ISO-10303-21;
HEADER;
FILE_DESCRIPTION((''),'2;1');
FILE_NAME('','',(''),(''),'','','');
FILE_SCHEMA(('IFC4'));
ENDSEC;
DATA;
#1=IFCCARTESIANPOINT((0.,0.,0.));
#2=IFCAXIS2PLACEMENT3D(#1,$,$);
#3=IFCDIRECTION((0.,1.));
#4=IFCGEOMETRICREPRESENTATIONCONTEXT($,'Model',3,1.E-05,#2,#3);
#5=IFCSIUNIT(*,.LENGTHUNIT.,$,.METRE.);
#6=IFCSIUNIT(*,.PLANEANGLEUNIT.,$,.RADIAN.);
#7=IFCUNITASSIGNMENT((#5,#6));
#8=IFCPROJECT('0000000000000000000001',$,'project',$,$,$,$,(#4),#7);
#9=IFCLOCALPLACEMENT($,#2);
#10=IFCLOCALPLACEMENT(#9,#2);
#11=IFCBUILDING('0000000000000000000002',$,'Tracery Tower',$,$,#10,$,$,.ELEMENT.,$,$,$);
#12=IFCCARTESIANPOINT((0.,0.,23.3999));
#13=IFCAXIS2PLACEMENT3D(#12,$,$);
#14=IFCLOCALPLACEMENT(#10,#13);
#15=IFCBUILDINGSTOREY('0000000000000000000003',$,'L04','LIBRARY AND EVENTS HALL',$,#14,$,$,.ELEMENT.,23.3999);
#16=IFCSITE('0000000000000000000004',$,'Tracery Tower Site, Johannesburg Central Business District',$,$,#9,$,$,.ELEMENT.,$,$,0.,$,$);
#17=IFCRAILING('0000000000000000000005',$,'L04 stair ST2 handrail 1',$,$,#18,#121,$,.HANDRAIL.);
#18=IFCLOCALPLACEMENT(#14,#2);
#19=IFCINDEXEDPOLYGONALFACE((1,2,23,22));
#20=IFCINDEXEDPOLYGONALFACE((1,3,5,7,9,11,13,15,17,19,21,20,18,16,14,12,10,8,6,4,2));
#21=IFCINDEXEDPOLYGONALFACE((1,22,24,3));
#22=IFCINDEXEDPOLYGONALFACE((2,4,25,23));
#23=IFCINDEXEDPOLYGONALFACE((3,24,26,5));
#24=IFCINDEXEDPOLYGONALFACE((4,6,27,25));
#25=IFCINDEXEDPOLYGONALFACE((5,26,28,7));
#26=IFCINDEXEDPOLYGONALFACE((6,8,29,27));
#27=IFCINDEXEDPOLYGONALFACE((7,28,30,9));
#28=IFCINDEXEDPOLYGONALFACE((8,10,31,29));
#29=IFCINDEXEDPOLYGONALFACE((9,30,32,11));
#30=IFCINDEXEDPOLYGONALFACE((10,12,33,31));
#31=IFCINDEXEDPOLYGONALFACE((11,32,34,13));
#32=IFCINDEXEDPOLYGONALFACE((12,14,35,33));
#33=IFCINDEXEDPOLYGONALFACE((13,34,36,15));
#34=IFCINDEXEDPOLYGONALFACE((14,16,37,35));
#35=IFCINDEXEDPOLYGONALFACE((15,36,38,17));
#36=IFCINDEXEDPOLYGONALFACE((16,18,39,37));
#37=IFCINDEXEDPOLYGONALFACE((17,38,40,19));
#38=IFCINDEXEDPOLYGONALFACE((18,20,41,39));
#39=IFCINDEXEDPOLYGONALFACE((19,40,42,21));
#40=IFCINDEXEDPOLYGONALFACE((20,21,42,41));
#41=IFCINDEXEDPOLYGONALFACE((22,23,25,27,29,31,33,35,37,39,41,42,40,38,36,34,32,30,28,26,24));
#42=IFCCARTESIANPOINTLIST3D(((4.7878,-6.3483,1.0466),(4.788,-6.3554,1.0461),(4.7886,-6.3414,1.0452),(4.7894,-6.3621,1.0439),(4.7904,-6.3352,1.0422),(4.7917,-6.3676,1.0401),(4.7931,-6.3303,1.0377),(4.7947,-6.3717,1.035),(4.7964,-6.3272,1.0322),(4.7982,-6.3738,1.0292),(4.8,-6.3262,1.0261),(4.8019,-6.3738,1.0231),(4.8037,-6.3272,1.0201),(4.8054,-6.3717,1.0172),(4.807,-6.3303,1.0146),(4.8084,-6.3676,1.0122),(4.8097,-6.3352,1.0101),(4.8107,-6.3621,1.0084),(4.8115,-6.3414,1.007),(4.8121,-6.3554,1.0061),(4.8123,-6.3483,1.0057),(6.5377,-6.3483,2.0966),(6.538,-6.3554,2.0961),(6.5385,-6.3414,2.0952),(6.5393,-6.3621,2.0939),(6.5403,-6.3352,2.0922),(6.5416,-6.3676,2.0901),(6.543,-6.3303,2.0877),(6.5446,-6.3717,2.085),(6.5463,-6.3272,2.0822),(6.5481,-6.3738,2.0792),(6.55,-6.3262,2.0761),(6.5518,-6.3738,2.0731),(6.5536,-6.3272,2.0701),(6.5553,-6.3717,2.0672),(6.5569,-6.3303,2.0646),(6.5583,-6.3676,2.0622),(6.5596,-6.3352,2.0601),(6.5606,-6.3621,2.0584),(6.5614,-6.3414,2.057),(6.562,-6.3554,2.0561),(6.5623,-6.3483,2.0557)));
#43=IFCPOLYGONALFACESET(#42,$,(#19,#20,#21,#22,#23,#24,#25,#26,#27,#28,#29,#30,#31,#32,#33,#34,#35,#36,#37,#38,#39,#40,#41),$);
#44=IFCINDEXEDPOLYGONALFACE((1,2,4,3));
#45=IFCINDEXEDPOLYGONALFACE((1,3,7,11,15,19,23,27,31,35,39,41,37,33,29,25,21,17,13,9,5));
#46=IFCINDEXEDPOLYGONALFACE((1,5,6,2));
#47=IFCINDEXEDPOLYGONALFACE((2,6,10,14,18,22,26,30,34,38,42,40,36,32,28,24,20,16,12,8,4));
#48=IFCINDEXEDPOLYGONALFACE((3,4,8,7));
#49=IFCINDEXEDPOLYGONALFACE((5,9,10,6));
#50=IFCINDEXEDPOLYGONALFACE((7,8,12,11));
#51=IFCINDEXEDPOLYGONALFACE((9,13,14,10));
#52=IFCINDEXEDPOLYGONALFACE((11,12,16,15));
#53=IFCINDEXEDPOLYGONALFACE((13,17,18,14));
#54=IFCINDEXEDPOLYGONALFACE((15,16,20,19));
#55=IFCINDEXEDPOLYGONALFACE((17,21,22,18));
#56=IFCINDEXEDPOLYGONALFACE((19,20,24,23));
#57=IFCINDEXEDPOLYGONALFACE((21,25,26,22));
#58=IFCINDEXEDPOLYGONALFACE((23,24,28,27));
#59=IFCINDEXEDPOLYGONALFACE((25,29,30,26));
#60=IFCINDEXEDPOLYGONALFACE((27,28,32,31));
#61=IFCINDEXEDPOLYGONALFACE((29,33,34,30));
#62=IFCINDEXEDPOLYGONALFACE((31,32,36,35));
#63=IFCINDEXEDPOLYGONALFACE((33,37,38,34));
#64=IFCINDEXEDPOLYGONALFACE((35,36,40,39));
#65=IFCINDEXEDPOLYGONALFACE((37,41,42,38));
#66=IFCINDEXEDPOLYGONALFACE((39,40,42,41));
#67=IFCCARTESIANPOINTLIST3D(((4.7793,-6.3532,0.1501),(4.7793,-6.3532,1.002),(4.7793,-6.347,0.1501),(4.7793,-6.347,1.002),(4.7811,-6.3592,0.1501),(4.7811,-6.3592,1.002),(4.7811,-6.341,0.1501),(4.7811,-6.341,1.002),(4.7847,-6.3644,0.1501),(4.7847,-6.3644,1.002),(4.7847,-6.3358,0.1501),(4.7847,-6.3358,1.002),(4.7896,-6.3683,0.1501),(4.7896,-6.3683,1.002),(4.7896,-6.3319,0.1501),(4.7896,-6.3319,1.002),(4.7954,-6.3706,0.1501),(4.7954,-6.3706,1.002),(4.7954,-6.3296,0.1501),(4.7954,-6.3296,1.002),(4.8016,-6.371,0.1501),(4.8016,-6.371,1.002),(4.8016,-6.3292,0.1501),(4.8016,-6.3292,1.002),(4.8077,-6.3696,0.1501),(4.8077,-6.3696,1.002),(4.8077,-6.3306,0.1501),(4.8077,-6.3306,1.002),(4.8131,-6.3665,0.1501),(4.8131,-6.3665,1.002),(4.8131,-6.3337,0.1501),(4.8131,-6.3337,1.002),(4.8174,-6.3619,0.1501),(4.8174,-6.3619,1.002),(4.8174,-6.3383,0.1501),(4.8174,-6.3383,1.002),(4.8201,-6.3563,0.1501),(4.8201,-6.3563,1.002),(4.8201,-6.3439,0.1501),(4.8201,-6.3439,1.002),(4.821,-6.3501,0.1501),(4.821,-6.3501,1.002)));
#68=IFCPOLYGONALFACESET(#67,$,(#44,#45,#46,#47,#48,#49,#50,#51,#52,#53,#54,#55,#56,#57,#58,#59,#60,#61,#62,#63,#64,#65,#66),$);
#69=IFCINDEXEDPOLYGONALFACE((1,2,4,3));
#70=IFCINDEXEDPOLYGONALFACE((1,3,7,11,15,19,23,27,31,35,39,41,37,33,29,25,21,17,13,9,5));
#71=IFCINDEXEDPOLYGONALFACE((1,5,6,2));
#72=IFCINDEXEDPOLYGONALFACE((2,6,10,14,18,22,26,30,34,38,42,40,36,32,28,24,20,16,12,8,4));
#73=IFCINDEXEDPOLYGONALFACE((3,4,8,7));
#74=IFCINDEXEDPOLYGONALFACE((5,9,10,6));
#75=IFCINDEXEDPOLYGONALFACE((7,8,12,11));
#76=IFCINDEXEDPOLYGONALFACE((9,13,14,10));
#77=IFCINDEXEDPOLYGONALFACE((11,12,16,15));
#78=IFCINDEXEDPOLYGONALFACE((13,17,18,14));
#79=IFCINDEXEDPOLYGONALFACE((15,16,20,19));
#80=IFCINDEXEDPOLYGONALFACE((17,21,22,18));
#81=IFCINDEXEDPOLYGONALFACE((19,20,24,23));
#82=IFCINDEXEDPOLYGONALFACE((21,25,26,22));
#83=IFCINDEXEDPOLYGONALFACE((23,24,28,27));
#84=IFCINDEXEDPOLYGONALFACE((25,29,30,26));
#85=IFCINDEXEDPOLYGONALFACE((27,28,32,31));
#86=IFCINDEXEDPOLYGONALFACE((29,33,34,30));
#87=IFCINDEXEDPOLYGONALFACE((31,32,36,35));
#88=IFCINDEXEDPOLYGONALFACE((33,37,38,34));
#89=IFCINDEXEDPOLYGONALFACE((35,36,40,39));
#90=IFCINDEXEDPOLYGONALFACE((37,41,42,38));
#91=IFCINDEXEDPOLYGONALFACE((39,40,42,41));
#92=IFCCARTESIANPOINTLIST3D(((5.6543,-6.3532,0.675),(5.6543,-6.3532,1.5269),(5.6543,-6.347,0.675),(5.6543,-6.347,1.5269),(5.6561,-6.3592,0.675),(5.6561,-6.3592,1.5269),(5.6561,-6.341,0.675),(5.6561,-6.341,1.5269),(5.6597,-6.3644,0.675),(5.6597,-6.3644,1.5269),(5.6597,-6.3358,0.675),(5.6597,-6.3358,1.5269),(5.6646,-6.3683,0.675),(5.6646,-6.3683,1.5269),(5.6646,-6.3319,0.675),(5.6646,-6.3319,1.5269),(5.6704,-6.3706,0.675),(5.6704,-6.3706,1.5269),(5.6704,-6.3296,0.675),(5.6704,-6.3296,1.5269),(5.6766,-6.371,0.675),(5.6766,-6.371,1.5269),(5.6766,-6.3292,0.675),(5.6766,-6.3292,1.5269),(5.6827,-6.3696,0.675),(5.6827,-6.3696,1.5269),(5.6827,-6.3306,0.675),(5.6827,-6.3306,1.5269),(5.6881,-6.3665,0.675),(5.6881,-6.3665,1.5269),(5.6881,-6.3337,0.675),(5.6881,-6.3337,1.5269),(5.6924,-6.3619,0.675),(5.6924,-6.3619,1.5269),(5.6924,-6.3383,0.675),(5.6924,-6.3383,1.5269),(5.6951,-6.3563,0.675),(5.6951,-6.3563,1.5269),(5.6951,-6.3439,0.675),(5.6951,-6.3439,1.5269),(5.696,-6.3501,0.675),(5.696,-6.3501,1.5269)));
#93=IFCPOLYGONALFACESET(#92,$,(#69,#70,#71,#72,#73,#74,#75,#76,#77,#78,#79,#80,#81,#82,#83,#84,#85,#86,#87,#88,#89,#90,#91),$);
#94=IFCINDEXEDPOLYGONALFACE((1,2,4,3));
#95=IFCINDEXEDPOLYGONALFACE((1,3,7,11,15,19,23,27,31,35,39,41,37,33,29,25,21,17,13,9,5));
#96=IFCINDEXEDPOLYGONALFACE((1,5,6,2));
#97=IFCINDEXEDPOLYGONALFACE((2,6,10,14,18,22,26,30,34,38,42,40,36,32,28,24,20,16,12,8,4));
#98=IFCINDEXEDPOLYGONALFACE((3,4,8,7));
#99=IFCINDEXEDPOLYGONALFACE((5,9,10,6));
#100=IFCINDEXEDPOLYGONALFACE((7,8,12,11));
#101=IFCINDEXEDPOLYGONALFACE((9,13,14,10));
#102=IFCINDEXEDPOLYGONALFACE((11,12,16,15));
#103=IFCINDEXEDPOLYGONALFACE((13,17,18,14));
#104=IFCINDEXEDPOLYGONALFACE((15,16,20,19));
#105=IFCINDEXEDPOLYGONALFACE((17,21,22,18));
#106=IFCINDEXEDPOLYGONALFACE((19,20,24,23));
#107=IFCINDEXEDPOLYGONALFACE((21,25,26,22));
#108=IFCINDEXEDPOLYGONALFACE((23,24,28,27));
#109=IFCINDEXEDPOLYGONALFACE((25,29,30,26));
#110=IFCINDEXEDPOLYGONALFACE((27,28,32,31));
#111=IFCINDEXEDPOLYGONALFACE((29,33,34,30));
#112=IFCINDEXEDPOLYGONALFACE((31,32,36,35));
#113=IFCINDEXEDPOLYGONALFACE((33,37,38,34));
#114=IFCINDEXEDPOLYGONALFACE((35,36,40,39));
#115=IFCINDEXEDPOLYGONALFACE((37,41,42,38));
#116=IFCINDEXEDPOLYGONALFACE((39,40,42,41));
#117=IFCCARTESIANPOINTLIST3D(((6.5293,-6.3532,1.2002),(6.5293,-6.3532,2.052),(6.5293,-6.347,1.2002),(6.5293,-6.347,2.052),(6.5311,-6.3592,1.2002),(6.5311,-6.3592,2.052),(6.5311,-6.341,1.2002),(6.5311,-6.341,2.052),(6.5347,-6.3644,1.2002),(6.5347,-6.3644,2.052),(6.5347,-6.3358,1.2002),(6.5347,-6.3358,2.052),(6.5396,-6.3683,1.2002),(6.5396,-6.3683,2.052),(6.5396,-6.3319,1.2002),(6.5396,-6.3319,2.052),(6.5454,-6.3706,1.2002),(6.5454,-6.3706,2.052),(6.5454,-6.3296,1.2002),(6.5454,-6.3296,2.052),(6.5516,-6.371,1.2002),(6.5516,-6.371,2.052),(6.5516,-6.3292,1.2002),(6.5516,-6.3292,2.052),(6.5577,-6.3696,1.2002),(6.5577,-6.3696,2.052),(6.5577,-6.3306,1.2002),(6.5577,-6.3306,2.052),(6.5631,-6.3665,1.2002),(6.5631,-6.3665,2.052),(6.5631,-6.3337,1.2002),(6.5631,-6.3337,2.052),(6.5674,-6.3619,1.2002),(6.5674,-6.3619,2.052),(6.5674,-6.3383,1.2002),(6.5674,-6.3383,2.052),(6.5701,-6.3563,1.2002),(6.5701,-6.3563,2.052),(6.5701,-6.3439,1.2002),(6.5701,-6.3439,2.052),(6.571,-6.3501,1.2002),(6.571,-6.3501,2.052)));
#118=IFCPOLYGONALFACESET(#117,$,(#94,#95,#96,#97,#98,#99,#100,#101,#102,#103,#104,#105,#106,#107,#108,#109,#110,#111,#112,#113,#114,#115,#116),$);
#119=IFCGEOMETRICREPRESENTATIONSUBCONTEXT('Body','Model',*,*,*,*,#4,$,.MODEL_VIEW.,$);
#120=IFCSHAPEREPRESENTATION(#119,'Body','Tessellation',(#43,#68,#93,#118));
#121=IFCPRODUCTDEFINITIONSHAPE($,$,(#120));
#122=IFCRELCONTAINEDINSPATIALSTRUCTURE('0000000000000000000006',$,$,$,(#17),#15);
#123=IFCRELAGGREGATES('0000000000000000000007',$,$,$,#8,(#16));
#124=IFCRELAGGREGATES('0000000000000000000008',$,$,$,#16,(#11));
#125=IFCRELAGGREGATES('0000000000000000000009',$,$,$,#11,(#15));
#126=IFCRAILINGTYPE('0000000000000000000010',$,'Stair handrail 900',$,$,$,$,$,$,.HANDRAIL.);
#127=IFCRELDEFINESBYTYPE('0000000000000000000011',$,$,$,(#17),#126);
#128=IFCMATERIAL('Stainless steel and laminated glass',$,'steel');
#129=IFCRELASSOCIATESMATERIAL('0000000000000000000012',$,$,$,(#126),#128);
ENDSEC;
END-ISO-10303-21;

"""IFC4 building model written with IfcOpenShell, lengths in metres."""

from ifc_helpers import new_model, si_unit, direction, frame, origin, origin_2d, place, context, subcontext, project, spatial, circle, extrude, material, type_object, element, save


model = new_model("IFC4")

# Units and contexts
model_context = context("Model", 3, precision=1e-05, world=origin(), true_north=direction((0.0, 1.0)))
body_context = subcontext(model_context, "Body", "Model", "MODEL_VIEW")
ifc_project = project(units=[si_unit("LENGTHUNIT", "METRE"), si_unit("PLANEANGLEUNIT", "RADIAN")], contexts=[model_context])

# Site, building, storey
site_placement = place(None, origin())
site = spatial("IfcSite", under=ifc_project, at=site_placement, Name="Tracery Tower Site, Johannesburg Central Business District", CompositionType="ELEMENT", RefElevation=0.0)
building_placement = place(site_placement, origin())
building = spatial("IfcBuilding", under=site, at=building_placement, Name="Tracery Tower", CompositionType="ELEMENT")
storey_placement = place(building_placement, frame((0.0, 0.0, 23.3999)))
storey = spatial("IfcBuildingStorey", under=building, at=storey_placement, Name="L04", Description="LIBRARY AND EVENTS HALL", CompositionType="ELEMENT", Elevation=23.3999)

# Railing
ifc_material_1 = material(Name="Stainless steel and laminated glass", Category="steel")
railing_type_1 = type_object("IfcRailingType", Name="Stair handrail 900", PredefinedType="HANDRAIL", material=ifc_material_1)
railing_1_placement = place(storey_placement, frame((4.8, -6.3501, 0.1501)))
element("IfcRailing", 1, at=railing_1_placement, inside=storey, type_object=railing_type_1, Name="L04 stair ST2 handrail 1", PredefinedType="HANDRAIL", context=body_context, shape_type="SweptSolid", body=[
    extrude(circle(Radius=0.0239, at=origin_2d()), frame((0.0, 0.0, 0.876), z_axis=(0.857482, 0.0, 0.514513), x_axis=(0.0, 1.0, 0.0)), (0.0, 0.0, 1.0), 2.0408),
    extrude(circle(Radius=0.021, at=origin_2d()), origin(), (0.0, 0.0, 1.0), 0.8518),
    extrude(circle(Radius=0.021, at=origin_2d()), frame((0.875, 0.0, 0.5249)), (0.0, 0.0, 1.0), 0.8518),
    extrude(circle(Radius=0.021, at=origin_2d()), frame((1.75, 0.0, 1.05)), (0.0, 0.0, 1.0), 0.8518),
])

save(model, "model.ifc")
